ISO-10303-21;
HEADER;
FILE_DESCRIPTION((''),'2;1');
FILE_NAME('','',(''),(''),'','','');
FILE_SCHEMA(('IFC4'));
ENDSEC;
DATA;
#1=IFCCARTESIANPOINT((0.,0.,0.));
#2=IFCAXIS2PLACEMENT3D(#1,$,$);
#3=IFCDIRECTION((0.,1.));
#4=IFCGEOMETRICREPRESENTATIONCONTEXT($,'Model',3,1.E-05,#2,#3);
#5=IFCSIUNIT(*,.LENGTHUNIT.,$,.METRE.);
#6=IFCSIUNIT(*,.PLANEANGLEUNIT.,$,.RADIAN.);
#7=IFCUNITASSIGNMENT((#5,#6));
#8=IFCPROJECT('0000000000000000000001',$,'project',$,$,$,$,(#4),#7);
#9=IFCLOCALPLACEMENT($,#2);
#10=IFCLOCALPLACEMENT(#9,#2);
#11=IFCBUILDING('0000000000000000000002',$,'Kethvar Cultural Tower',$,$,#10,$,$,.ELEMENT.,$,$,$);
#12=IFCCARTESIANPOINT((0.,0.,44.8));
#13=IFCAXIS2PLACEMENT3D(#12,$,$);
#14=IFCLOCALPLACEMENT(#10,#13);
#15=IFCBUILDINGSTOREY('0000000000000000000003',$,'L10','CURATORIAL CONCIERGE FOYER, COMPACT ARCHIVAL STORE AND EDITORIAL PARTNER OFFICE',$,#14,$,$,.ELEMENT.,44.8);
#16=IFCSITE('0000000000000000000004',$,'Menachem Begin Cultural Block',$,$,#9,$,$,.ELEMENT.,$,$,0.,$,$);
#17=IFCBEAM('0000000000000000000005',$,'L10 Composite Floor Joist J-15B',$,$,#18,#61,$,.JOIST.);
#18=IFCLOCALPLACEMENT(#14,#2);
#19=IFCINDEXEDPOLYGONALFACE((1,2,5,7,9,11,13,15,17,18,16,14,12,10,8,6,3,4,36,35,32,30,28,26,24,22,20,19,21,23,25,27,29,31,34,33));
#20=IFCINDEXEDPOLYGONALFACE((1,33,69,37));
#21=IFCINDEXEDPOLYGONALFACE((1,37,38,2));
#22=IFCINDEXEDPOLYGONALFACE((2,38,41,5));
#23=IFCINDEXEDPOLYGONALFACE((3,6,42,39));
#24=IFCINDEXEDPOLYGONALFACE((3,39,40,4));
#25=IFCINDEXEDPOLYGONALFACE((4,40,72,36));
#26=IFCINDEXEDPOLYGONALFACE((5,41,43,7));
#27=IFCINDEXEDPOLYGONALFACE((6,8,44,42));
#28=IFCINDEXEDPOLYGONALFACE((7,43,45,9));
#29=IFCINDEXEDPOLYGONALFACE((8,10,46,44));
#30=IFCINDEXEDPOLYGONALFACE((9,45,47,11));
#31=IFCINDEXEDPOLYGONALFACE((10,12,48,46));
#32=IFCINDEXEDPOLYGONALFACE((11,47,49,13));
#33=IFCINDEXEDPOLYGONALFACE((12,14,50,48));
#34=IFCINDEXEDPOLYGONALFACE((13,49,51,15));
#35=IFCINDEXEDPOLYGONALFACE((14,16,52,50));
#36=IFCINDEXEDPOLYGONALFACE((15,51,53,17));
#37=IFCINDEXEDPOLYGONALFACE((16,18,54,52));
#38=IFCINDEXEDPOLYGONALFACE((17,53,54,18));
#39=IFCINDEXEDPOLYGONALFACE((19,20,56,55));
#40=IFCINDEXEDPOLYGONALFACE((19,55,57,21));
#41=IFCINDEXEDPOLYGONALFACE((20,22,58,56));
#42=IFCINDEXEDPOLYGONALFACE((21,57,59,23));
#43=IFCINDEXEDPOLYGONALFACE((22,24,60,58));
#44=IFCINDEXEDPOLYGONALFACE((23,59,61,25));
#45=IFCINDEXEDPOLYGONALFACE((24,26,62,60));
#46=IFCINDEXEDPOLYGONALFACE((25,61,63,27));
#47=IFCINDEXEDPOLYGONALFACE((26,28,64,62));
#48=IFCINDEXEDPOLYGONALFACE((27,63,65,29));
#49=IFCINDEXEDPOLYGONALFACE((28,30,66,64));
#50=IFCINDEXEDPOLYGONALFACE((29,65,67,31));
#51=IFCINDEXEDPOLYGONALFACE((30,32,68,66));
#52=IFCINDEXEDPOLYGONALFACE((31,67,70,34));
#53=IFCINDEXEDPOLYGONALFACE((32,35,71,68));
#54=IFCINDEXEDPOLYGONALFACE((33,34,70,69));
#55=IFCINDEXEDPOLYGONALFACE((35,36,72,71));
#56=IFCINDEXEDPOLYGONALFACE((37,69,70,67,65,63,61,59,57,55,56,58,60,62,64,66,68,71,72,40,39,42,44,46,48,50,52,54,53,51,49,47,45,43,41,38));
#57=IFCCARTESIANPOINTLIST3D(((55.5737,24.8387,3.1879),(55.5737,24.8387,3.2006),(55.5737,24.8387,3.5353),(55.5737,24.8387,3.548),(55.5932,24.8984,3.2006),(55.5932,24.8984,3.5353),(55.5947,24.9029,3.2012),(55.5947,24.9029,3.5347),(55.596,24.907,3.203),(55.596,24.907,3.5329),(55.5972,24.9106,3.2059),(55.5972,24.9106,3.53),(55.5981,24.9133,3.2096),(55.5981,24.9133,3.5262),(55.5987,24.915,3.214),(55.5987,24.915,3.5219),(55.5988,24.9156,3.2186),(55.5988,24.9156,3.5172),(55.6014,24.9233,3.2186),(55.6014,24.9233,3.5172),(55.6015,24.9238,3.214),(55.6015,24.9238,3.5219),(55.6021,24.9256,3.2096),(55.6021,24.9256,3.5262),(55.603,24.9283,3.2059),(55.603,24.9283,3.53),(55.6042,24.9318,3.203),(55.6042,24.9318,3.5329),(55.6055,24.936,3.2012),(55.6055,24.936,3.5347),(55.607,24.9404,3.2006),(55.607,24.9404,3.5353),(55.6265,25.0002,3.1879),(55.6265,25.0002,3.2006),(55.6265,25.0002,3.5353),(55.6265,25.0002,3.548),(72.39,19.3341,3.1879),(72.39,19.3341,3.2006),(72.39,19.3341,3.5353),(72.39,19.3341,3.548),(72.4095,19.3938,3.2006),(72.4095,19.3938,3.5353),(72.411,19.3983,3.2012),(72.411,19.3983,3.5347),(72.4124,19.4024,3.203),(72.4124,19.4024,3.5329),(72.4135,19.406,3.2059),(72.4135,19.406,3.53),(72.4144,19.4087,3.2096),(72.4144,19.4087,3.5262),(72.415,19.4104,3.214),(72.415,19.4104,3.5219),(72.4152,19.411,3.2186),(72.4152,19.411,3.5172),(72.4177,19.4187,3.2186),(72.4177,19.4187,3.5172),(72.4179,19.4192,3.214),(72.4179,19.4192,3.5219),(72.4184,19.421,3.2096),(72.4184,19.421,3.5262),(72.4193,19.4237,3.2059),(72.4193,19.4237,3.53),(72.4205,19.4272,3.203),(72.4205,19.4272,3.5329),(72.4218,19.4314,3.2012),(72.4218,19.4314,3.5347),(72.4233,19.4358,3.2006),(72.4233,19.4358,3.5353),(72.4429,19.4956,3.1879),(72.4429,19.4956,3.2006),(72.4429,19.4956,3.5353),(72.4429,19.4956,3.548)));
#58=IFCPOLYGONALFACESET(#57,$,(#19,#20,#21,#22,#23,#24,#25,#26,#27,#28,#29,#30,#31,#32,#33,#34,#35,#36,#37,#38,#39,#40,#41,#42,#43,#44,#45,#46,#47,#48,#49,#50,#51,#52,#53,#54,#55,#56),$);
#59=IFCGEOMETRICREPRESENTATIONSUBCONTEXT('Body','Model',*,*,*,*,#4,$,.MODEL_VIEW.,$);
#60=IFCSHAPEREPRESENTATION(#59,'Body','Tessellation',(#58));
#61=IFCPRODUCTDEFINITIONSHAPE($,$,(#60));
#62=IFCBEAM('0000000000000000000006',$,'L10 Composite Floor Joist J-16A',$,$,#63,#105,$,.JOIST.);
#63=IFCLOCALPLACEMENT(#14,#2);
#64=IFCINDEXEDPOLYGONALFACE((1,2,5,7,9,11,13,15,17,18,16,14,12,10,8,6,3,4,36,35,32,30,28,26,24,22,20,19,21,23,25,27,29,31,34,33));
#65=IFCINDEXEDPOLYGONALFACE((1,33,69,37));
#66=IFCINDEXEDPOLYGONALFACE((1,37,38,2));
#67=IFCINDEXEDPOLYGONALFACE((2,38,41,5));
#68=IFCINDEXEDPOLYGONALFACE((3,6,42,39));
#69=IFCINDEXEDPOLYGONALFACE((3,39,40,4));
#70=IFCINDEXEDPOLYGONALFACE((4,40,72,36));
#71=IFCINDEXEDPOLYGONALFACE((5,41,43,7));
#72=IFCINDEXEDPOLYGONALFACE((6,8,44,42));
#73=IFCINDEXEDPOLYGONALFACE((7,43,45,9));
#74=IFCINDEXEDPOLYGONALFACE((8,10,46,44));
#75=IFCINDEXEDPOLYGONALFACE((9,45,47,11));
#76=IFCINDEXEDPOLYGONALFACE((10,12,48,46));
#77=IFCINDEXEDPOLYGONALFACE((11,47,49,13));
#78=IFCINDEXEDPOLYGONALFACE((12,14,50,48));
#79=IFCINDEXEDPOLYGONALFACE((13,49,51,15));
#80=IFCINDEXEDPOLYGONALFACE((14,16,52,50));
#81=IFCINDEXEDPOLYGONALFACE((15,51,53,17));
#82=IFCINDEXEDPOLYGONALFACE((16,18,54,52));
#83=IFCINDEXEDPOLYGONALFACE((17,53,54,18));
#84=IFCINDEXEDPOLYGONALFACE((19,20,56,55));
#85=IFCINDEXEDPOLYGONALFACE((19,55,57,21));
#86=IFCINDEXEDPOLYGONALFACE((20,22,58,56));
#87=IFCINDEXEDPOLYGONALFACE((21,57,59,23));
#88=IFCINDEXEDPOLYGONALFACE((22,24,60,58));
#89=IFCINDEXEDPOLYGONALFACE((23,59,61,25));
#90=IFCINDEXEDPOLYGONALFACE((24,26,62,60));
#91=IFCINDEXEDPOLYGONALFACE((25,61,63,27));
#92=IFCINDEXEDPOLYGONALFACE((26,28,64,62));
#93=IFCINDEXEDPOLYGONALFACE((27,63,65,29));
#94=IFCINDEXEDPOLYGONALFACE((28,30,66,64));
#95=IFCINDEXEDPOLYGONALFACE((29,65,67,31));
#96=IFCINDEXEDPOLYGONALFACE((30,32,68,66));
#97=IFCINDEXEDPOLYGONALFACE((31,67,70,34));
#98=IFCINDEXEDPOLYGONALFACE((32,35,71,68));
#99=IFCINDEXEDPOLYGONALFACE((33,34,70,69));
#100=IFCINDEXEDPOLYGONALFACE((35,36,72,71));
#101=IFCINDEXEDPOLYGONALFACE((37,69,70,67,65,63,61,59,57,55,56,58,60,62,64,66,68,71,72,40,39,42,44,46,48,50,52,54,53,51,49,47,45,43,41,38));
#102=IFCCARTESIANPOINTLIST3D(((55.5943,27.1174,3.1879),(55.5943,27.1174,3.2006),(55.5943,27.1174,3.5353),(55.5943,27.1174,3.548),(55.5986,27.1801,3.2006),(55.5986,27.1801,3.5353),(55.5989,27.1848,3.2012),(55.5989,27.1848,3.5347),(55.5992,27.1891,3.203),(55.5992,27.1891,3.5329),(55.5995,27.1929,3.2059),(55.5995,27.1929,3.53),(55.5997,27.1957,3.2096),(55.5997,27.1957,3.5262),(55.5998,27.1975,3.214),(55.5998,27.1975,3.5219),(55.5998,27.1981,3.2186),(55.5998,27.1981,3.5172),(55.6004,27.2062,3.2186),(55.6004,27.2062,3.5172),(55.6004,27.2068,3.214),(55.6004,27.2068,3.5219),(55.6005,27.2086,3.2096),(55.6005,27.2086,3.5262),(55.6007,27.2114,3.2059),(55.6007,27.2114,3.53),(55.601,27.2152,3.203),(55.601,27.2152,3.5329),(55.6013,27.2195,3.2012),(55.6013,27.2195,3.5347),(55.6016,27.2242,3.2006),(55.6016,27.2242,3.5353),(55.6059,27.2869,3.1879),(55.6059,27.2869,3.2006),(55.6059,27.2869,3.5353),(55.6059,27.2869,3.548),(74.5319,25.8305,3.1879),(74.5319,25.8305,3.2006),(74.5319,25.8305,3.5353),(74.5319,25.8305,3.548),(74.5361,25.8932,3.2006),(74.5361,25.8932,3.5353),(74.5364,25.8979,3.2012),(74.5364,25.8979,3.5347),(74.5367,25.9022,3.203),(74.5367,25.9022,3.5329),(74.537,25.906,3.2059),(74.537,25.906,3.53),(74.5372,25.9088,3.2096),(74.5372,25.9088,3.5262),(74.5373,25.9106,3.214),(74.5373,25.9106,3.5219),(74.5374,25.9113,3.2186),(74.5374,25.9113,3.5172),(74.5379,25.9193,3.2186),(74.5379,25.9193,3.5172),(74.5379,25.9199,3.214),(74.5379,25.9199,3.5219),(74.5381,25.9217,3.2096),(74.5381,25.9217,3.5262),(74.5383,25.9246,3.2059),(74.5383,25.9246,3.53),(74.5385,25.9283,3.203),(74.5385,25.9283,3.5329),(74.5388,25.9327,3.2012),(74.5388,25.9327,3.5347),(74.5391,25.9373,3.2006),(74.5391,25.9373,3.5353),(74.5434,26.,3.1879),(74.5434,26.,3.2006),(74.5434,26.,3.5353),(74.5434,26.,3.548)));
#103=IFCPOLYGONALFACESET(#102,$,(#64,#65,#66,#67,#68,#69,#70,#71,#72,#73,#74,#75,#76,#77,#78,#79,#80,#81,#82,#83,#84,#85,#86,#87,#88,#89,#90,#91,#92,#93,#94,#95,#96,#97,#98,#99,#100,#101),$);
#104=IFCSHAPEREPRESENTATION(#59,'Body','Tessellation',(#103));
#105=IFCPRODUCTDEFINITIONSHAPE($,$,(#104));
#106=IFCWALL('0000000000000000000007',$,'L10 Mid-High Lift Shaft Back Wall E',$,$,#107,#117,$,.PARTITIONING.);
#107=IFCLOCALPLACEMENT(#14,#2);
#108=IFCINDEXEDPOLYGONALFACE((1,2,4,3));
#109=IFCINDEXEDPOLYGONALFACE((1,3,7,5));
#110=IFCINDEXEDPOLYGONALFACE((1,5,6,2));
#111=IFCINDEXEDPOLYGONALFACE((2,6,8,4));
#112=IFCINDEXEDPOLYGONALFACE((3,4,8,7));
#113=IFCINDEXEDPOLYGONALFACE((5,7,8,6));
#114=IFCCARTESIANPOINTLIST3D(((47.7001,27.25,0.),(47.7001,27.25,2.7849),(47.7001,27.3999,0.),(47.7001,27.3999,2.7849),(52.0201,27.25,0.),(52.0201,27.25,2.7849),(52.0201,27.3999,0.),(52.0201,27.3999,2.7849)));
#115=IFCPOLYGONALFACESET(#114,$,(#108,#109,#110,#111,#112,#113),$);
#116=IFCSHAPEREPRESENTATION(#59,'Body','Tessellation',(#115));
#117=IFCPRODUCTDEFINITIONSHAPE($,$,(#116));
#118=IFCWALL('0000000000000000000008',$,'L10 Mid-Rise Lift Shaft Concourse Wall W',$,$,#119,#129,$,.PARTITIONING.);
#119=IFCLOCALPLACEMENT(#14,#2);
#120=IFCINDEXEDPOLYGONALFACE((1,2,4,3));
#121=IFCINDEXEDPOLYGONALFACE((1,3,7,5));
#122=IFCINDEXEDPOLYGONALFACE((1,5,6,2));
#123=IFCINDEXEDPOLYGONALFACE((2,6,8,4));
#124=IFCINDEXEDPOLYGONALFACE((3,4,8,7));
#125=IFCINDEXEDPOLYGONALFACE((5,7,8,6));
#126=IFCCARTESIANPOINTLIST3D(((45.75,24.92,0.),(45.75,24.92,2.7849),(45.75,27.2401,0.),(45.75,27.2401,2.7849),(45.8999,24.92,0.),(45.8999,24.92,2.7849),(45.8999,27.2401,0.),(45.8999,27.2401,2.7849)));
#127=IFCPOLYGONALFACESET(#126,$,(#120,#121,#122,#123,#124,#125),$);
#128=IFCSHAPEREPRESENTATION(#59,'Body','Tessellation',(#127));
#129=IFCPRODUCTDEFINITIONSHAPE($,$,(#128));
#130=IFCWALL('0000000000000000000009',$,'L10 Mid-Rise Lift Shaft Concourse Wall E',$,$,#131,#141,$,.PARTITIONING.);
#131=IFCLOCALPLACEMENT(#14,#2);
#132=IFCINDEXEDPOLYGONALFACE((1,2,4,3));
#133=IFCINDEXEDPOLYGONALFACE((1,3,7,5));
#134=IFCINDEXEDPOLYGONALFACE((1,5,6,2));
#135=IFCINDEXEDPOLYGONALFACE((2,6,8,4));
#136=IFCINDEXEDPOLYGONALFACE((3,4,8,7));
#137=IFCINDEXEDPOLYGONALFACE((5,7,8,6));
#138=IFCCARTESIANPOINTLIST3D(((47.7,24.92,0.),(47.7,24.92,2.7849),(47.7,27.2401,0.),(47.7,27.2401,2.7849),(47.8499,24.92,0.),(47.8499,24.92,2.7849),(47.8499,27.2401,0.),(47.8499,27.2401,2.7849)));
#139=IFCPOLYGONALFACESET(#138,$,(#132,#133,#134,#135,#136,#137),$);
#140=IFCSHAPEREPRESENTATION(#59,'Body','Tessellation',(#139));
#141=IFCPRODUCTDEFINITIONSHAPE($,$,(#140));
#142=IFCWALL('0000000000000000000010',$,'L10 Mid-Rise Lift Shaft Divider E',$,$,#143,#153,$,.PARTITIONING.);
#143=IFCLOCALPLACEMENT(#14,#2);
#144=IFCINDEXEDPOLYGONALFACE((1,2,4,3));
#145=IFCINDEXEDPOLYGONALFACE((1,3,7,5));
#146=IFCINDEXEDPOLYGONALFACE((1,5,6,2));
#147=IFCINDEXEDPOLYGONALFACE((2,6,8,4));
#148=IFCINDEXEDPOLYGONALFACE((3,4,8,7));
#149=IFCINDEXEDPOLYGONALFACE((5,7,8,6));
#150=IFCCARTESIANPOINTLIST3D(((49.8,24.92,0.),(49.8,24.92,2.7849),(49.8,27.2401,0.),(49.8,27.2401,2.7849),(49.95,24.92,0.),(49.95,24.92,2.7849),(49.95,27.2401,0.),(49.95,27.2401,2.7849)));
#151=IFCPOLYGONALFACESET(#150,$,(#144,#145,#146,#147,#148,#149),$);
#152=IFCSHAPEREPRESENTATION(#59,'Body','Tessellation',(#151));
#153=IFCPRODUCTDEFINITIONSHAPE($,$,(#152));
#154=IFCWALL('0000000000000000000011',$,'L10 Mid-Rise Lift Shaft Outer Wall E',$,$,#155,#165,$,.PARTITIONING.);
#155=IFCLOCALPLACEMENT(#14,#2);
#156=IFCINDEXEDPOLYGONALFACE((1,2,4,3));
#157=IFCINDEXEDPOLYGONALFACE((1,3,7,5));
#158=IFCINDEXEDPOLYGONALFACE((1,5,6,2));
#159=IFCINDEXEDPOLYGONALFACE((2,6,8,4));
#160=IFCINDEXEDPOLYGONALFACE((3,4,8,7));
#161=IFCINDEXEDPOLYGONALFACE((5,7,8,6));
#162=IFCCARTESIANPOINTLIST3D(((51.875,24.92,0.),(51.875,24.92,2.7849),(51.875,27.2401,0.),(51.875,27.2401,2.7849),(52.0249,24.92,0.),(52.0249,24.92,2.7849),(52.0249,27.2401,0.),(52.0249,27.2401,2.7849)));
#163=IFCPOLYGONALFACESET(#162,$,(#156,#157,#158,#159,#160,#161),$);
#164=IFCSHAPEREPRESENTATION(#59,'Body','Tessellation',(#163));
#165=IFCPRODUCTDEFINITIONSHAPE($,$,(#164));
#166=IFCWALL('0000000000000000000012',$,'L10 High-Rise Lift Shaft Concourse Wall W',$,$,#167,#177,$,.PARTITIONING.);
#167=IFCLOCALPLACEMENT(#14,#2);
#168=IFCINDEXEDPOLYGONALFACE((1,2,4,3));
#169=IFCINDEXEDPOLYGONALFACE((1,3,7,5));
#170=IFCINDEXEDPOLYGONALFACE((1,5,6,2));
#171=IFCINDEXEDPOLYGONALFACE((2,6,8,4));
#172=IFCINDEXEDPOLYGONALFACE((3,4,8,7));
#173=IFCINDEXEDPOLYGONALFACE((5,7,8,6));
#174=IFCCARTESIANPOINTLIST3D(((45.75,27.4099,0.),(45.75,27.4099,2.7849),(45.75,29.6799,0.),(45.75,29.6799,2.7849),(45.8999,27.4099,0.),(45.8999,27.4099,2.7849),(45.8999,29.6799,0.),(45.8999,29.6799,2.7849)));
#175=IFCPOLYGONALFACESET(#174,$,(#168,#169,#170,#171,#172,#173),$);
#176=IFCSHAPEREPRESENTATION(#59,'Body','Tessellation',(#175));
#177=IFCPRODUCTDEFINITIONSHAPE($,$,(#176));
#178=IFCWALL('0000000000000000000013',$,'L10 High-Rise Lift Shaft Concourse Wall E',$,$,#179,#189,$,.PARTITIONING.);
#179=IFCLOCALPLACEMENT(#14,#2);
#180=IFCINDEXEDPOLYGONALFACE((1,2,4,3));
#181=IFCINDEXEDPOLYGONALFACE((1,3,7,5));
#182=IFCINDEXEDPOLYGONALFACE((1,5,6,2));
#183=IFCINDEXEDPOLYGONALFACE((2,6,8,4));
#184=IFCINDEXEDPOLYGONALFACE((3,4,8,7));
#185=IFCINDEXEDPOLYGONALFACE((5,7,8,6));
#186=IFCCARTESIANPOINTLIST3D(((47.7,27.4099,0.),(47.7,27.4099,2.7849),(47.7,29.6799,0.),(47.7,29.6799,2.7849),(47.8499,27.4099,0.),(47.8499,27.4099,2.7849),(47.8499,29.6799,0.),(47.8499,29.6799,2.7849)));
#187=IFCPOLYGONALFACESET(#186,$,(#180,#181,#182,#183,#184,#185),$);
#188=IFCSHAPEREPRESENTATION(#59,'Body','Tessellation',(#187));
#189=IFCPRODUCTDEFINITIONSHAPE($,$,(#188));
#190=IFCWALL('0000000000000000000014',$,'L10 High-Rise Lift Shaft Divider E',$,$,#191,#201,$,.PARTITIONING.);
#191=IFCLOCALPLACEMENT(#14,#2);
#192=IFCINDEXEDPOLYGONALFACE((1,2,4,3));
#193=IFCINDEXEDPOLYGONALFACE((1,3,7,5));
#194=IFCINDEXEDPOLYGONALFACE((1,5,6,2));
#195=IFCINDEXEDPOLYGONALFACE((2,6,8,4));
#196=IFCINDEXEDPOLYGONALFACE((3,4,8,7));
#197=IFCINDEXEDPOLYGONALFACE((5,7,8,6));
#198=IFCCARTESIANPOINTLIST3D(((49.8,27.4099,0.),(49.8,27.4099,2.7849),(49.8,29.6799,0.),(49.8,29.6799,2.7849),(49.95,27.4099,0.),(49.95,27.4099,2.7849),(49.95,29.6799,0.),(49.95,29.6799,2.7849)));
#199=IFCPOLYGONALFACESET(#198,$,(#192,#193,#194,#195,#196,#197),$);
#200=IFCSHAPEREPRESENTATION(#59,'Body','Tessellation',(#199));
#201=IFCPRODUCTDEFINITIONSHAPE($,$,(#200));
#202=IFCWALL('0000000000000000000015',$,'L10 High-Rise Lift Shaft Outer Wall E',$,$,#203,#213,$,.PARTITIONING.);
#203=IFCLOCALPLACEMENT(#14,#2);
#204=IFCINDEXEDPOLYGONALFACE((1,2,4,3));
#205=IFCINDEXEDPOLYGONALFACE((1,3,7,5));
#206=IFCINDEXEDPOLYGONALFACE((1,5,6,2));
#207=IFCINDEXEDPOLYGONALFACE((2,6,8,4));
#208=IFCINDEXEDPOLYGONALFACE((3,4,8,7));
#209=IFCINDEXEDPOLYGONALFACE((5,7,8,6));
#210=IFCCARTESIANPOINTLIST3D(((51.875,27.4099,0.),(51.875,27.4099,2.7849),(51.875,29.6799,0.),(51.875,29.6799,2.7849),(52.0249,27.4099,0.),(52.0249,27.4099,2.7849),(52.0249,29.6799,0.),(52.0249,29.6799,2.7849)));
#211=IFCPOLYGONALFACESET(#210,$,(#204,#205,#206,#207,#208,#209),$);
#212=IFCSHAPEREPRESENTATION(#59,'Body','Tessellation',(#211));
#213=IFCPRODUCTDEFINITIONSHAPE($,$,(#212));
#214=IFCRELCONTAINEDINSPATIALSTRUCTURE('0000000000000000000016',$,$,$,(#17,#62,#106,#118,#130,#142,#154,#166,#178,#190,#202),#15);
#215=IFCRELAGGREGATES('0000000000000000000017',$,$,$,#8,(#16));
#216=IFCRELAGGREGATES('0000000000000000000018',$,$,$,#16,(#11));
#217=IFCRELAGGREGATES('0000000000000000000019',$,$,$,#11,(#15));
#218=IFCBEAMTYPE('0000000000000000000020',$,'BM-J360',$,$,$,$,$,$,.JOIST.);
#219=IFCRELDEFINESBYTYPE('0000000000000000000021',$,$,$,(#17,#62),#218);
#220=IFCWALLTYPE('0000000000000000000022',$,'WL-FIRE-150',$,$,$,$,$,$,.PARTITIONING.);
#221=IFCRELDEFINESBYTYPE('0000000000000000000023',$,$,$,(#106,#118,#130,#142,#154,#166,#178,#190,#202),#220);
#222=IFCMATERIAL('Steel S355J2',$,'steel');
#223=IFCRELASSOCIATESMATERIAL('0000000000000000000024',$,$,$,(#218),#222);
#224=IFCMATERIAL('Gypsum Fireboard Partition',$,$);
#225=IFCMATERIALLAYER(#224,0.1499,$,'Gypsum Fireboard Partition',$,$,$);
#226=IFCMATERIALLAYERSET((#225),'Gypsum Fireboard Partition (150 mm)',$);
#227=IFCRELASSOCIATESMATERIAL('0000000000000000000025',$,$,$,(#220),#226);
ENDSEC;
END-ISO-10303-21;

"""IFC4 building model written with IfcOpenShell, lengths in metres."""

from ifc_helpers import new_model, si_unit, direction, frame, frame_2d, origin, origin_2d, place, context, subcontext, project, spatial, rectangle, i_section, extrude, source, transform, mapped, material, layer, layer_set, material_profile, profile_set, type_object, element, save


model = new_model("IFC4")

# Units and contexts
model_context = context("Model", 3, precision=1e-05, world=origin(), true_north=direction((0.0, 1.0)))
body_context = subcontext(model_context, "Body", "Model", "MODEL_VIEW")
ifc_project = project(units=[si_unit("LENGTHUNIT", "METRE"), si_unit("PLANEANGLEUNIT", "RADIAN")], contexts=[model_context])

# Site, building, storey
site_placement = place(None, origin())
site = spatial("IfcSite", under=ifc_project, at=site_placement, Name="Menachem Begin Cultural Block", CompositionType="ELEMENT", RefElevation=0.0)
building_placement = place(site_placement, origin())
building = spatial("IfcBuilding", under=site, at=building_placement, Name="Kethvar Cultural Tower", CompositionType="ELEMENT")
storey_placement = place(building_placement, frame((0.0, 0.0, 44.8)))
storey = spatial("IfcBuildingStorey", under=building, at=storey_placement, Name="L10", Description="CURATORIAL CONCIERGE FOYER, COMPACT ARCHIVAL STORE AND EDITORIAL PARTNER OFFICE", CompositionType="ELEMENT", Elevation=44.8)

# Beams
ifc_material_1 = material(Name="Steel S355J2", Category="steel")
ifc_material_profile_1 = material_profile(ifc_material_1, i_section(OverallWidth=0.1699, OverallDepth=0.3601, WebThickness=0.0081, FlangeThickness=0.0127, FilletRadius=0.0181, at=origin_2d()), Name="Steel S355J2 — IPE360")
ifc_profile_set_1 = profile_set([ifc_material_profile_1], Name="Steel S355J2 — IPE360")
beam_type_1 = type_object("IfcBeamType", Name="BM-J360", PredefinedType="JOIST", material=ifc_profile_set_1)
shared_shape_1 = source(origin(), body_context, "Body", "SweptSolid", [
    extrude(i_section(OverallWidth=0.1699, OverallDepth=0.3601, WebThickness=0.0081, FlangeThickness=0.0127, FilletRadius=0.0181, at=origin_2d()), origin(), (0.0, 0.0, 1.0), 17.6943),
])
beam_1_placement = place(storey_placement, frame((55.6001, 24.9194, 3.3679), z_axis=(0.950379, -0.311095, 0.0), x_axis=(0.311095, 0.950379, 0.0)))
element("IfcBeam", 1, at=beam_1_placement, inside=storey, type_object=beam_type_1, Name="L10 Composite Floor Joist J-15B", PredefinedType="JOIST", context=body_context, shape_type="MappedRepresentation", body=[
    mapped(shared_shape_1, transform((0.0, 0.0, 0.0), scale=1.0)),
])
shared_shape_2 = source(origin(), body_context, "Body", "SweptSolid", [
    extrude(i_section(OverallWidth=0.1699, OverallDepth=0.3601, WebThickness=0.0081, FlangeThickness=0.0127, FilletRadius=0.0181, at=origin_2d()), origin(), (0.0, 0.0, 1.0), 18.9812),
])
beam_2_placement = place(storey_placement, frame((55.6001, 27.2021, 3.3679), z_axis=(0.997699, -0.067797, 0.0), x_axis=(0.067797, 0.997699, 0.0)))
element("IfcBeam", 2, at=beam_2_placement, inside=storey, type_object=beam_type_1, Name="L10 Composite Floor Joist J-16A", PredefinedType="JOIST", context=body_context, shape_type="MappedRepresentation", body=[
    mapped(shared_shape_2, transform((0.0, 0.0, 0.0), scale=1.0)),
])

# Walls
ifc_material_2 = material(Name="Gypsum Fireboard Partition")
ifc_layer_1 = layer(ifc_material_2, 0.1499, Name="Gypsum Fireboard Partition")
ifc_layer_set_1 = layer_set([ifc_layer_1], Name="Gypsum Fireboard Partition (150 mm)")
wall_type_1 = type_object("IfcWallType", Name="WL-FIRE-150", PredefinedType="PARTITIONING", material=ifc_layer_set_1)
wall_1_placement = place(storey_placement, frame((47.7, 27.325, 0.0), z_axis=(0.0, 0.0, 1.0), x_axis=(1.0, 0.0, 0.0)))
element("IfcWall", 3, at=wall_1_placement, inside=storey, type_object=wall_type_1, Name="L10 Mid-High Lift Shaft Back Wall E", PredefinedType="PARTITIONING", context=body_context, shape_type="SweptSolid", body=[
    extrude(rectangle(XDim=4.3201, YDim=0.1499, at=frame_2d((2.1602, 0.0))), origin(), (0.0, 0.0, 1.0), 2.7849),
])
for number, where, z_axis, x_axis, name in (
    (4, (45.825, 24.9199, 0.0), (0.0, 0.0, 1.0), (0.0, 1.0, 0.0), "L10 Mid-Rise Lift Shaft Concourse Wall W"),
    (5, (47.7749, 24.9199, 0.0), (0.0, 0.0, 1.0), (0.0, 1.0, 0.0), "L10 Mid-Rise Lift Shaft Concourse Wall E"),
    (6, (49.875, 24.9199, 0.0), (0.0, 0.0, 1.0), (0.0, 1.0, 0.0), "L10 Mid-Rise Lift Shaft Divider E"),
    (7, (51.95, 24.9199, 0.0), (0.0, 0.0, 1.0), (0.0, 1.0, 0.0), "L10 Mid-Rise Lift Shaft Outer Wall E"),
):
    element("IfcWall", number, at=place(storey_placement, frame(where, z_axis=z_axis, x_axis=x_axis)), inside=storey, type_object=wall_type_1, Name=name, PredefinedType="PARTITIONING", context=body_context, shape_type="SweptSolid", body=[
        extrude(rectangle(XDim=2.3201, YDim=0.1499, at=frame_2d((1.1602, 0.0))), origin(), (0.0, 0.0, 1.0), 2.7849),
    ])
for number, where, z_axis, x_axis, name in (
    (8, (45.825, 27.4099, 0.0), (0.0, 0.0, 1.0), (0.0, 1.0, 0.0), "L10 High-Rise Lift Shaft Concourse Wall W"),
    (9, (47.7749, 27.4099, 0.0), (0.0, 0.0, 1.0), (0.0, 1.0, 0.0), "L10 High-Rise Lift Shaft Concourse Wall E"),
    (10, (49.875, 27.4099, 0.0), (0.0, 0.0, 1.0), (0.0, 1.0, 0.0), "L10 High-Rise Lift Shaft Divider E"),
    (11, (51.95, 27.4099, 0.0), (0.0, 0.0, 1.0), (0.0, 1.0, 0.0), "L10 High-Rise Lift Shaft Outer Wall E"),
):
    element("IfcWall", number, at=place(storey_placement, frame(where, z_axis=z_axis, x_axis=x_axis)), inside=storey, type_object=wall_type_1, Name=name, PredefinedType="PARTITIONING", context=body_context, shape_type="SweptSolid", body=[
        extrude(rectangle(XDim=2.27, YDim=0.1499, at=frame_2d((1.135, 0.0))), origin(), (0.0, 0.0, 1.0), 2.7849),
    ])

save(model, "model.ifc")
